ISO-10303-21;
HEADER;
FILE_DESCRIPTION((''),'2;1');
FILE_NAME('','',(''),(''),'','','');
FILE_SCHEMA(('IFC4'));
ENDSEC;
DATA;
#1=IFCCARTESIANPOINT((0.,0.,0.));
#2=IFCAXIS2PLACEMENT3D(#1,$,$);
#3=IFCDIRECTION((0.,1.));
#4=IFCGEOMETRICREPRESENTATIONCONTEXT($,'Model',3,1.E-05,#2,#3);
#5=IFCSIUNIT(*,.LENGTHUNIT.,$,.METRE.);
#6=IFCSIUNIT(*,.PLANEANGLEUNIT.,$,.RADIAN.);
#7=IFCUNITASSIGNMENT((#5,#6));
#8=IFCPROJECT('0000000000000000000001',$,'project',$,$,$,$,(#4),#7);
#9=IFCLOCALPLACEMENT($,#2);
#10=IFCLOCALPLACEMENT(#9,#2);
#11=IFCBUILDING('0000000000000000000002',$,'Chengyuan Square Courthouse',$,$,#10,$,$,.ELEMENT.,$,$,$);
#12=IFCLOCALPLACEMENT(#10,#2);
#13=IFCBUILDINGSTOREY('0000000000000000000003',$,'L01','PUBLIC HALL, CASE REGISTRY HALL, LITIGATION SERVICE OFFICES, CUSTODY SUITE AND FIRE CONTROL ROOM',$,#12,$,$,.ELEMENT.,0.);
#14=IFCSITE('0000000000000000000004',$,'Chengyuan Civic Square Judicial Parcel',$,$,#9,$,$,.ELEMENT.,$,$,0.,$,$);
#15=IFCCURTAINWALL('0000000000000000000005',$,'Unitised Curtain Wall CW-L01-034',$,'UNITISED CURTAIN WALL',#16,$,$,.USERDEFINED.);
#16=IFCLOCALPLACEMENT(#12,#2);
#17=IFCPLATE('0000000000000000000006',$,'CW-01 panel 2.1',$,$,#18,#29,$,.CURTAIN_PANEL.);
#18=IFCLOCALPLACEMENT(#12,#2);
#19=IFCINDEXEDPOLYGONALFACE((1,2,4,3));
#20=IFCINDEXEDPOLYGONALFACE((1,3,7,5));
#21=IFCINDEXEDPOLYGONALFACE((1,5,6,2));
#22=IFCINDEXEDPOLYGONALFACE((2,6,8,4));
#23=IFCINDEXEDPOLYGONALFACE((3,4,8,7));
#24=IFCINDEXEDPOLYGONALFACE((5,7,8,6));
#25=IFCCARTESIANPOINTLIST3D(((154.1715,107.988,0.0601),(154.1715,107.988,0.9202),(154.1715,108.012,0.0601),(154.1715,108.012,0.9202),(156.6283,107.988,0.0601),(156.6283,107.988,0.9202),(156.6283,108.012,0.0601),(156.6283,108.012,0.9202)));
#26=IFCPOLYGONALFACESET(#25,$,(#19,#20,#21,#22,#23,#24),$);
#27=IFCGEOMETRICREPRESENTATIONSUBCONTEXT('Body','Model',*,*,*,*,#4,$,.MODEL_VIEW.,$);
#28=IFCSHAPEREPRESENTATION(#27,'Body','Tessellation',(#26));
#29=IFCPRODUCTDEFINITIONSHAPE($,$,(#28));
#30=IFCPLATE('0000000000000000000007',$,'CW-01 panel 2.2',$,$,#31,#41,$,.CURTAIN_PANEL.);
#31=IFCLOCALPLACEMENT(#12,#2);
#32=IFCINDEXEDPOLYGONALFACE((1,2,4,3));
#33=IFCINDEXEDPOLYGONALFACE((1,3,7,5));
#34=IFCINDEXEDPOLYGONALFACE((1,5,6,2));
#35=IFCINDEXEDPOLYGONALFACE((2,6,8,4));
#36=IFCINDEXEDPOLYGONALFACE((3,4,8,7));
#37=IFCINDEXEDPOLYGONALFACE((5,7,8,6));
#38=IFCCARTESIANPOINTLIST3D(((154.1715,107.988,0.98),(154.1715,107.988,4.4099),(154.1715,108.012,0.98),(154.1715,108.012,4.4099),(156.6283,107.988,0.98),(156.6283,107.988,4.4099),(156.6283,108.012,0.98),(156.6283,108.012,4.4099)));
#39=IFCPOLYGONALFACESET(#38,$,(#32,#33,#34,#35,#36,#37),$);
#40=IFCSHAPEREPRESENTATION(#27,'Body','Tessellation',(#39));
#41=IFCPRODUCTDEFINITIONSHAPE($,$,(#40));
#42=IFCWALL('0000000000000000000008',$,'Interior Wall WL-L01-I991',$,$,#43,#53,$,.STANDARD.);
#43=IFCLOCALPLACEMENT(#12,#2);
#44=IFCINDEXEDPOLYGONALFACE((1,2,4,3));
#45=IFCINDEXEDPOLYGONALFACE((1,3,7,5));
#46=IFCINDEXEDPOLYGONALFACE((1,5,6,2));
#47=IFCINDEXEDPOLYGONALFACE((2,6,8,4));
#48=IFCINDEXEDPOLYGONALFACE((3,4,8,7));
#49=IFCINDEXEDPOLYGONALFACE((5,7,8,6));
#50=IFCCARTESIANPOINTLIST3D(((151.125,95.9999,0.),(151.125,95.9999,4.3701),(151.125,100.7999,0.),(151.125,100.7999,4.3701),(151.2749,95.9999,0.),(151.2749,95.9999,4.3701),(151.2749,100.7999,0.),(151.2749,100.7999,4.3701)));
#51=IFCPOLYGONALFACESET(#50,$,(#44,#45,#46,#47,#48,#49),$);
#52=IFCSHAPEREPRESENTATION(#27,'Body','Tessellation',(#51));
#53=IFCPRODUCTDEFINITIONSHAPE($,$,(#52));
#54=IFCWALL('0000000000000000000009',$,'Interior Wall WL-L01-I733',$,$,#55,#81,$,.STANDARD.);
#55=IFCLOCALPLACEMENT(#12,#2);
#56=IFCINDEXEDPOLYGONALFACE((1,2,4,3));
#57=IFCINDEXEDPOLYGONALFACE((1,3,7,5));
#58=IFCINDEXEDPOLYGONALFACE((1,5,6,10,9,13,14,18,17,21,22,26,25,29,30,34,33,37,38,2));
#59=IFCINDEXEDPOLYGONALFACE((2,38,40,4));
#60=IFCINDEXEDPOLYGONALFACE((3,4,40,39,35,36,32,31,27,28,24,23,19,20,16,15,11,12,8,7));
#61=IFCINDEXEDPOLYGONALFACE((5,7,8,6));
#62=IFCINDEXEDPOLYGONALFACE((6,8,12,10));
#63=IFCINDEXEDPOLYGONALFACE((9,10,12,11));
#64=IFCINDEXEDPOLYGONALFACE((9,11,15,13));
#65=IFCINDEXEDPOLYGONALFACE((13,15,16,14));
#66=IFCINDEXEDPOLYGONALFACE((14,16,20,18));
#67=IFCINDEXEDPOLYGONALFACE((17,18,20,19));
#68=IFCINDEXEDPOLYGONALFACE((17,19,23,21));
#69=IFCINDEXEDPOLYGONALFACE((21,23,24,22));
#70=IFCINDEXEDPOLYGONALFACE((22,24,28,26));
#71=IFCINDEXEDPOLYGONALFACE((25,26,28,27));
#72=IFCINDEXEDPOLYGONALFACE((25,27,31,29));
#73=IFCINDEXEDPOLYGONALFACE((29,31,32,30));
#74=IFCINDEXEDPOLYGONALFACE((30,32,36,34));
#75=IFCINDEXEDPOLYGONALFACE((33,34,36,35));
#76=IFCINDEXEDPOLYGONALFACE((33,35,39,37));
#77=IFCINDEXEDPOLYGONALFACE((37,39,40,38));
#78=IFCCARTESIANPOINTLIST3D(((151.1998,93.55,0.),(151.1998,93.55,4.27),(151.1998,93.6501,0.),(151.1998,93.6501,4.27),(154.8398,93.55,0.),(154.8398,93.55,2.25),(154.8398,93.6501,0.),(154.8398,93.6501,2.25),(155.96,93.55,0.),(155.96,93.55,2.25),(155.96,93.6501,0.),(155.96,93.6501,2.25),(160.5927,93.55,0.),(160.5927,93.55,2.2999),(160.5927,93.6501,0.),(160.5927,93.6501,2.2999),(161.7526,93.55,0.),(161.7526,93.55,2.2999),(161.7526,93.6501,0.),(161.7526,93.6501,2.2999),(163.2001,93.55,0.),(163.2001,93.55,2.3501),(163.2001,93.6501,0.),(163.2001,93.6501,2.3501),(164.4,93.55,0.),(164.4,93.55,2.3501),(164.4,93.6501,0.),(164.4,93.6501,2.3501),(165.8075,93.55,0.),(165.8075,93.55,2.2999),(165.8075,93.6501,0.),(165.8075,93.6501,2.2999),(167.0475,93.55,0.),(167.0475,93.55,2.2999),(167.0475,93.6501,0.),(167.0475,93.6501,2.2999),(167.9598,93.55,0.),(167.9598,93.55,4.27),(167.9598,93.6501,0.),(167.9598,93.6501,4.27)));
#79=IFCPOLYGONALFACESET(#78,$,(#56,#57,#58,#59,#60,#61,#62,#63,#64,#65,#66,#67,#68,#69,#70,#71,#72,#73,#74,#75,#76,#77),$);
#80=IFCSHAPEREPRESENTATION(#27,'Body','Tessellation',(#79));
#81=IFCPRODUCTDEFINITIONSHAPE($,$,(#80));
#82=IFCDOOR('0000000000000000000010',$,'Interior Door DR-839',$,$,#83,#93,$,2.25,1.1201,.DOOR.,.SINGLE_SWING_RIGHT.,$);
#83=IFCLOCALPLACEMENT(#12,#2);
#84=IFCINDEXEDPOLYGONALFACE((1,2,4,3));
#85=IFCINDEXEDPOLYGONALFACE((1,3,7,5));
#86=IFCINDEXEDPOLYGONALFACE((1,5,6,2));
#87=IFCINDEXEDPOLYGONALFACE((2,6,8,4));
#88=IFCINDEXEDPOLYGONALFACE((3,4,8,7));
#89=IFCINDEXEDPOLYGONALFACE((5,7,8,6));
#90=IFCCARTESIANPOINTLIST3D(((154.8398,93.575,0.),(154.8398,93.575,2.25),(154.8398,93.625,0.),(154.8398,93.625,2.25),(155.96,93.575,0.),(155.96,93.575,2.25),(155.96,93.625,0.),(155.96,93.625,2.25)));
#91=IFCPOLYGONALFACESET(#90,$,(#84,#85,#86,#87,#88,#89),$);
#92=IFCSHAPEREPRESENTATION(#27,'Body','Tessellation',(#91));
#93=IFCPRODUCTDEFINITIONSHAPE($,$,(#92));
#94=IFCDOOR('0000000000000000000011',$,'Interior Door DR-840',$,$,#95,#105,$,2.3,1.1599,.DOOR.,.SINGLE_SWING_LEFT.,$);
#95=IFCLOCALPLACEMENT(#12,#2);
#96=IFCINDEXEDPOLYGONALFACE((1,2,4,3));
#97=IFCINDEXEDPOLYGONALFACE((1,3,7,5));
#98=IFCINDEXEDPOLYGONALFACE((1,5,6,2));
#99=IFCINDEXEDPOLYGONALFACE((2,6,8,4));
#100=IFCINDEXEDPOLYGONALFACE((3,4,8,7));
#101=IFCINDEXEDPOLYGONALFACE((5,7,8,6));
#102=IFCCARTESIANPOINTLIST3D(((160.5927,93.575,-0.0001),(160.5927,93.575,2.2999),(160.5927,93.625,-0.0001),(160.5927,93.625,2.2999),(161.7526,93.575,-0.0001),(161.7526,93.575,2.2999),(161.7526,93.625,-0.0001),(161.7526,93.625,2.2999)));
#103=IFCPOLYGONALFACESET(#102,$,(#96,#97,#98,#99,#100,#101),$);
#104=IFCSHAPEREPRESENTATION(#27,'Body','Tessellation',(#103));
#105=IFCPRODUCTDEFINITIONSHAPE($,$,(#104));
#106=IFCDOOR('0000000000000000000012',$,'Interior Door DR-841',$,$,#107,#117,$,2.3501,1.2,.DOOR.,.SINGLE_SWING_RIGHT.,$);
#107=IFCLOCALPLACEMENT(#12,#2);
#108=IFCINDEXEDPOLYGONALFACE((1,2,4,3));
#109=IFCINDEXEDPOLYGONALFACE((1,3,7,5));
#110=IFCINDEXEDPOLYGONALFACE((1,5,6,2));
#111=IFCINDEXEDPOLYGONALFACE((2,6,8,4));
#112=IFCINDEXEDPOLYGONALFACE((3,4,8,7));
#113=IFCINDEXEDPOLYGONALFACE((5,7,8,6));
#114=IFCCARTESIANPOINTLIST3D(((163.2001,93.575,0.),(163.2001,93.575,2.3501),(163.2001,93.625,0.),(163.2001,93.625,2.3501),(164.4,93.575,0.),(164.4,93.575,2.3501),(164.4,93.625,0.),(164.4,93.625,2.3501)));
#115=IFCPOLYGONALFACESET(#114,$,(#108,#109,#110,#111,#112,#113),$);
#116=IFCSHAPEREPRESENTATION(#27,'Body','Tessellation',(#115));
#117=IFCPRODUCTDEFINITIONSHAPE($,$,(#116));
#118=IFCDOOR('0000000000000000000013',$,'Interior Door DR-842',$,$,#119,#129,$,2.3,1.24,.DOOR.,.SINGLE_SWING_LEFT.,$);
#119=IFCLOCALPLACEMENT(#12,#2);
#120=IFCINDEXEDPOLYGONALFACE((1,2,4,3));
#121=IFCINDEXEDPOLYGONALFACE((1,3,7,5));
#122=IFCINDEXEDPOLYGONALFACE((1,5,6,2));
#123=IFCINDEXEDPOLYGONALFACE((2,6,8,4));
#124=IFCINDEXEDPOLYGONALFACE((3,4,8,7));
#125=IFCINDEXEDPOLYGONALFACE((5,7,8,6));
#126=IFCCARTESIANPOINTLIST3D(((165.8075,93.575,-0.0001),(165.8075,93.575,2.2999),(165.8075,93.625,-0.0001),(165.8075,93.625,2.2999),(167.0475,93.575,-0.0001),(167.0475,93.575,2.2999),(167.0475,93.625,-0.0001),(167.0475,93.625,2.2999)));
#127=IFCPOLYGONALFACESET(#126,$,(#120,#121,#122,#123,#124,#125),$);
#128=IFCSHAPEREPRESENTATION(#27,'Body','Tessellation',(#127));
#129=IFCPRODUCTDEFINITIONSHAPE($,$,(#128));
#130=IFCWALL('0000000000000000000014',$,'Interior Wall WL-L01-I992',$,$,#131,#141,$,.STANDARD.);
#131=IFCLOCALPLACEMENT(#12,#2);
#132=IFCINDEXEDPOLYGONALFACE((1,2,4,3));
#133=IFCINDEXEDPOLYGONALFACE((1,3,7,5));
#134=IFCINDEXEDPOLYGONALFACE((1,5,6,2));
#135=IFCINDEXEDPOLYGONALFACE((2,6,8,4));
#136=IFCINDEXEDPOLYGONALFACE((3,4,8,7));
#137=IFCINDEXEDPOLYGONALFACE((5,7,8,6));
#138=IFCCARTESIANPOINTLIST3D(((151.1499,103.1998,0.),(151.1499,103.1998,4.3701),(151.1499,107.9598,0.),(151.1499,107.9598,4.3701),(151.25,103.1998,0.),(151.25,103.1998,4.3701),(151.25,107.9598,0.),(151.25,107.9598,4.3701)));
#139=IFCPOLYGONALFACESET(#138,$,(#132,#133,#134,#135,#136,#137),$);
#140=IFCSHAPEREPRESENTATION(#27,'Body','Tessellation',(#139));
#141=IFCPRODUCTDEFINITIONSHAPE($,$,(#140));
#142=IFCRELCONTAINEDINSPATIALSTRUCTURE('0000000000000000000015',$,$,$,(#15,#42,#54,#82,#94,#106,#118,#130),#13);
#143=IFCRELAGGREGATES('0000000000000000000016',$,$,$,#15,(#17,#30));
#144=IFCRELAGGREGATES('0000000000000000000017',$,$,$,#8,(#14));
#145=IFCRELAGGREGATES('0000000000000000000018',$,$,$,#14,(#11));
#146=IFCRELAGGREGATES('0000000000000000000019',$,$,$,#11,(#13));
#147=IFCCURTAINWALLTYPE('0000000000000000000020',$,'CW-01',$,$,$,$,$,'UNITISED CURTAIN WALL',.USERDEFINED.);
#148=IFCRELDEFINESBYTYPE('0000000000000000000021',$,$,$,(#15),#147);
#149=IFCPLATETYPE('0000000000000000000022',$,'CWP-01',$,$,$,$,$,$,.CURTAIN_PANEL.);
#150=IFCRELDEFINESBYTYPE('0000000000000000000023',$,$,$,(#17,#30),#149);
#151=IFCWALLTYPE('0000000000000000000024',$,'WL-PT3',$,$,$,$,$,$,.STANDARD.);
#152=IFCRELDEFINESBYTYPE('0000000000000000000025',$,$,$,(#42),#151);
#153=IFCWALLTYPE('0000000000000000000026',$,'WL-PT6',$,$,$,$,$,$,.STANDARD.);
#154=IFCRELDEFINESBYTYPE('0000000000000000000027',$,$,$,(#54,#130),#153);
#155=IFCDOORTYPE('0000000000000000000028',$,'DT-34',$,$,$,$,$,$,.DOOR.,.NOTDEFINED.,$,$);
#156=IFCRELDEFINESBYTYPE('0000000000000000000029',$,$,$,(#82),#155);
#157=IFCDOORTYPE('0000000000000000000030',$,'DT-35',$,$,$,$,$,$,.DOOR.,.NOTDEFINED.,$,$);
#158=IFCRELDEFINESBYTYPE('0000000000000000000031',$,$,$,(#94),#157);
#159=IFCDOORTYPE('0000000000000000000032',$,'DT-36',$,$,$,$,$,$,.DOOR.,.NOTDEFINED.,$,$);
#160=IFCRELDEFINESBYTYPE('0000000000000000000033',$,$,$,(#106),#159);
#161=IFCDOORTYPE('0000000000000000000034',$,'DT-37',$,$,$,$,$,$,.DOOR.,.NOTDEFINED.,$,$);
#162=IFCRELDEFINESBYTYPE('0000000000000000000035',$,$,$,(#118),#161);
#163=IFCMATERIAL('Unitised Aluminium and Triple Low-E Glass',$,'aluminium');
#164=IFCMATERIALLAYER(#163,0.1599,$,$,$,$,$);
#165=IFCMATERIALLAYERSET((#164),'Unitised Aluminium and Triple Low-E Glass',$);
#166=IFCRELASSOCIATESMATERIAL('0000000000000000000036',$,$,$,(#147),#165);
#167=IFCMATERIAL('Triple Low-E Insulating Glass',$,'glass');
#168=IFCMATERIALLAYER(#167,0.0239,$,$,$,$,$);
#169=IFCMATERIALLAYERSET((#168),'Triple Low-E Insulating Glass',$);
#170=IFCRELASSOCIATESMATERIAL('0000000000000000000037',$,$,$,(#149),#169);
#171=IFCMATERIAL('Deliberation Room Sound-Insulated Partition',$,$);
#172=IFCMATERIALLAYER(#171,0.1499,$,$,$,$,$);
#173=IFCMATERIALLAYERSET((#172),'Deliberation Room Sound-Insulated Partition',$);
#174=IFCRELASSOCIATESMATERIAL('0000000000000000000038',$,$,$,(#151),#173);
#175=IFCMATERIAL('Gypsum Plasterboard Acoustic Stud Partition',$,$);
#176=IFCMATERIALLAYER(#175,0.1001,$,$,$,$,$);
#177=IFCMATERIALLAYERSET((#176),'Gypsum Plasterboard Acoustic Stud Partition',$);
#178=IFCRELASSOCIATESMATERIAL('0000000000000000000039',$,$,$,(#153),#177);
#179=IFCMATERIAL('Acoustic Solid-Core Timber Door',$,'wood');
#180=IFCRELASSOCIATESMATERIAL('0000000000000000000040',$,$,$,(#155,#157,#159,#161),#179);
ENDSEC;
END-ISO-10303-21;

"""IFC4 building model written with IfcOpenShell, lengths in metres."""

from ifc_helpers import new_model, si_unit, direction, frame, frame_2d, origin, origin_2d, place, context, subcontext, project, spatial, rectangle, extrude, material, layer, layer_set, type_object, element, fill, aggregate, save


model = new_model("IFC4")

# Units and contexts
model_context = context("Model", 3, precision=1e-05, world=origin(), true_north=direction((0.0, 1.0)))
body_context = subcontext(model_context, "Body", "Model", "MODEL_VIEW")
ifc_project = project(units=[si_unit("LENGTHUNIT", "METRE"), si_unit("PLANEANGLEUNIT", "RADIAN")], contexts=[model_context])

# Site, building, storey
site_placement = place(None, origin())
site = spatial("IfcSite", under=ifc_project, at=site_placement, Name="Chengyuan Civic Square Judicial Parcel", CompositionType="ELEMENT", RefElevation=0.0)
building_placement = place(site_placement, origin())
building = spatial("IfcBuilding", under=site, at=building_placement, Name="Chengyuan Square Courthouse", CompositionType="ELEMENT")
storey_placement = place(building_placement, origin())
storey = spatial("IfcBuildingStorey", under=building, at=storey_placement, Name="L01", Description="PUBLIC HALL, CASE REGISTRY HALL, LITIGATION SERVICE OFFICES, CUSTODY SUITE AND FIRE CONTROL ROOM", CompositionType="ELEMENT", Elevation=0.0)

# Curtain wall, plates
ifc_material_1 = material(Name="Unitised Aluminium and Triple Low-E Glass", Category="aluminium")
ifc_layer_1 = layer(ifc_material_1, 0.1599)
ifc_layer_set_1 = layer_set([ifc_layer_1], Name="Unitised Aluminium and Triple Low-E Glass")
curtain_wall_type = type_object("IfcCurtainWallType", Name="CW-01", ElementType="UNITISED CURTAIN WALL", PredefinedType="USERDEFINED", material=ifc_layer_set_1)
curtain_wall_placement = place(storey_placement, origin())
curtain_wall = element("IfcCurtainWall", 1, at=curtain_wall_placement, inside=storey, type_object=curtain_wall_type, Name="Unitised Curtain Wall CW-L01-034", ObjectType="UNITISED CURTAIN WALL", PredefinedType="USERDEFINED")
ifc_material_2 = material(Name="Triple Low-E Insulating Glass", Category="glass")
ifc_layer_2 = layer(ifc_material_2, 0.0239)
ifc_layer_set_2 = layer_set([ifc_layer_2], Name="Triple Low-E Insulating Glass")
plate_type = type_object("IfcPlateType", Name="CWP-01", PredefinedType="CURTAIN_PANEL", material=ifc_layer_set_2)
plate_1_placement = place(storey_placement, frame((155.3999, 108.0, 0.0601), z_axis=(0.0, 0.0, 1.0), x_axis=(1.0, 0.0, 0.0)))
plate_1 = element("IfcPlate", 2, at=plate_1_placement, type_object=plate_type, Name="CW-01 panel 2.1", PredefinedType="CURTAIN_PANEL", context=body_context, shape_type="SweptSolid", body=[
    extrude(rectangle(XDim=2.4568, YDim=0.0239, at=origin_2d()), origin(), (0.0, 0.0, 1.0), 0.8601),
])
plate_2_placement = place(storey_placement, frame((155.3999, 108.0, 0.98), z_axis=(0.0, 0.0, 1.0), x_axis=(1.0, 0.0, 0.0)))
plate_2 = element("IfcPlate", 3, at=plate_2_placement, type_object=plate_type, Name="CW-01 panel 2.2", PredefinedType="CURTAIN_PANEL", context=body_context, shape_type="SweptSolid", body=[
    extrude(rectangle(XDim=2.4568, YDim=0.0239, at=origin_2d()), origin(), (0.0, 0.0, 1.0), 3.4299),
])
aggregate(curtain_wall, [plate_1, plate_2])

# Wall
ifc_material_3 = material(Name="Deliberation Room Sound-Insulated Partition")
ifc_layer_3 = layer(ifc_material_3, 0.1499)
ifc_layer_set_3 = layer_set([ifc_layer_3], Name="Deliberation Room Sound-Insulated Partition")
wall_type_1 = type_object("IfcWallType", Name="WL-PT3", PredefinedType="STANDARD", material=ifc_layer_set_3)
wall_1_placement = place(storey_placement, frame((151.2, 96.0, 0.0), z_axis=(0.0, 0.0, 1.0), x_axis=(0.0, 1.0, 0.0)))
element("IfcWall", 4, at=wall_1_placement, inside=storey, type_object=wall_type_1, Name="Interior Wall WL-L01-I991", PredefinedType="STANDARD", context=body_context, shape_type="SweptSolid", body=[
    extrude(rectangle(XDim=4.8, YDim=0.1499, at=frame_2d((2.3999, 0.0))), origin(), (0.0, 0.0, 1.0), 4.3701),
])

# Wall, openings, doors
ifc_material_4 = material(Name="Gypsum Plasterboard Acoustic Stud Partition")
ifc_layer_4 = layer(ifc_material_4, 0.1001)
ifc_layer_set_4 = layer_set([ifc_layer_4], Name="Gypsum Plasterboard Acoustic Stud Partition")
wall_type_2 = type_object("IfcWallType", Name="WL-PT6", PredefinedType="STANDARD", material=ifc_layer_set_4)
wall_2_placement = place(storey_placement, frame((151.2, 93.6001, 0.0), z_axis=(0.0, 0.0, 1.0), x_axis=(1.0, 0.0, 0.0)))
wall_2 = element("IfcWall", 5, at=wall_2_placement, inside=storey, type_object=wall_type_2, Name="Interior Wall WL-L01-I733", PredefinedType="STANDARD", context=body_context, shape_type="SweptSolid", body=[
    extrude(rectangle(XDim=16.76, YDim=0.1001, at=frame_2d((8.3799, 0.0))), origin(), (0.0, 0.0, 1.0), 4.27),
])
opening_1_placement = place(wall_2_placement, frame((3.6399, 0.0, 0.0)))
opening_1 = element("IfcOpeningElement", 6, at=opening_1_placement, cuts=wall_2, PredefinedType="OPENING", context=body_context, shape_type="SweptSolid", body=[
    extrude(rectangle(XDim=1.1201, YDim=2.25, at=frame_2d((0.5601, 1.125))), frame((0.0, 0.062, 0.0), z_axis=(0.0, -1.0, 0.0), x_axis=(1.0, 0.0, 0.0)), (0.0, 0.0, 1.0), 0.124),
])
opening_2_placement = place(wall_2_placement, frame((9.3926, 0.0, 0.0)))
opening_2 = element("IfcOpeningElement", 7, at=opening_2_placement, cuts=wall_2, PredefinedType="OPENING", context=body_context, shape_type="SweptSolid", body=[
    extrude(rectangle(XDim=1.1599, YDim=2.3, at=frame_2d((0.5801, 1.1499))), frame((0.0, 0.062, 0.0), z_axis=(0.0, -1.0, 0.0), x_axis=(1.0, 0.0, 0.0)), (0.0, 0.0, 1.0), 0.124),
])
opening_3_placement = place(wall_2_placement, frame((12.0, 0.0, 0.0)))
opening_3 = element("IfcOpeningElement", 8, at=opening_3_placement, cuts=wall_2, PredefinedType="OPENING", context=body_context, shape_type="SweptSolid", body=[
    extrude(rectangle(XDim=1.2, YDim=2.3501, at=frame_2d((0.6001, 1.175))), frame((0.0, 0.062, 0.0), z_axis=(0.0, -1.0, 0.0), x_axis=(1.0, 0.0, 0.0)), (0.0, 0.0, 1.0), 0.124),
])
opening_4_placement = place(wall_2_placement, frame((14.6074, 0.0, 0.0)))
opening_4 = element("IfcOpeningElement", 9, at=opening_4_placement, cuts=wall_2, PredefinedType="OPENING", context=body_context, shape_type="SweptSolid", body=[
    extrude(rectangle(XDim=1.24, YDim=2.3, at=frame_2d((0.6201, 1.1499))), frame((0.0, 0.062, 0.0), z_axis=(0.0, -1.0, 0.0), x_axis=(1.0, 0.0, 0.0)), (0.0, 0.0, 1.0), 0.124),
])
ifc_material_5 = material(Name="Acoustic Solid-Core Timber Door", Category="wood")
door_type_1 = type_object("IfcDoorType", Name="DT-34", OperationType="NOTDEFINED", PredefinedType="DOOR", material=ifc_material_5)
door_1_placement = place(opening_1_placement, origin())
door_1 = element("IfcDoor", 10, at=door_1_placement, inside=storey, type_object=door_type_1, Name="Interior Door DR-839", OperationType="SINGLE_SWING_RIGHT", OverallHeight=2.25, OverallWidth=1.1201, PredefinedType="DOOR", context=body_context, shape_type="SweptSolid", body=[
    extrude(rectangle(XDim=1.1201, YDim=2.25, at=frame_2d((0.5601, 1.125))), frame((0.0, 0.0249, 0.0), z_axis=(0.0, -1.0, 0.0), x_axis=(1.0, 0.0, 0.0)), (0.0, 0.0, 1.0), 0.05),
])
fill(opening_1, door_1)
door_type_2 = type_object("IfcDoorType", Name="DT-35", OperationType="NOTDEFINED", PredefinedType="DOOR", material=ifc_material_5)
door_2_placement = place(opening_2_placement, origin())
door_2 = element("IfcDoor", 11, at=door_2_placement, inside=storey, type_object=door_type_2, Name="Interior Door DR-840", OperationType="SINGLE_SWING_LEFT", OverallHeight=2.3, OverallWidth=1.1599, PredefinedType="DOOR", context=body_context, shape_type="SweptSolid", body=[
    extrude(rectangle(XDim=1.1599, YDim=2.3, at=frame_2d((0.5801, 1.1499))), frame((0.0, 0.0249, 0.0), z_axis=(0.0, -1.0, 0.0), x_axis=(1.0, 0.0, 0.0)), (0.0, 0.0, 1.0), 0.05),
])
fill(opening_2, door_2)
door_type_3 = type_object("IfcDoorType", Name="DT-36", OperationType="NOTDEFINED", PredefinedType="DOOR", material=ifc_material_5)
door_3_placement = place(opening_3_placement, origin())
door_3 = element("IfcDoor", 12, at=door_3_placement, inside=storey, type_object=door_type_3, Name="Interior Door DR-841", OperationType="SINGLE_SWING_RIGHT", OverallHeight=2.3501, OverallWidth=1.2, PredefinedType="DOOR", context=body_context, shape_type="SweptSolid", body=[
    extrude(rectangle(XDim=1.2, YDim=2.3501, at=frame_2d((0.6001, 1.175))), frame((0.0, 0.0249, 0.0), z_axis=(0.0, -1.0, 0.0), x_axis=(1.0, 0.0, 0.0)), (0.0, 0.0, 1.0), 0.05),
])
fill(opening_3, door_3)
door_type_4 = type_object("IfcDoorType", Name="DT-37", OperationType="NOTDEFINED", PredefinedType="DOOR", material=ifc_material_5)
door_4_placement = place(opening_4_placement, origin())
door_4 = element("IfcDoor", 13, at=door_4_placement, inside=storey, type_object=door_type_4, Name="Interior Door DR-842", OperationType="SINGLE_SWING_LEFT", OverallHeight=2.3, OverallWidth=1.24, PredefinedType="DOOR", context=body_context, shape_type="SweptSolid", body=[
    extrude(rectangle(XDim=1.24, YDim=2.3, at=frame_2d((0.6201, 1.1499))), frame((0.0, 0.0249, 0.0), z_axis=(0.0, -1.0, 0.0), x_axis=(1.0, 0.0, 0.0)), (0.0, 0.0, 1.0), 0.05),
])
fill(opening_4, door_4)

# Wall
wall_3_placement = place(storey_placement, frame((151.2, 103.2, 0.0), z_axis=(0.0, 0.0, 1.0), x_axis=(0.0, 1.0, 0.0)))
element("IfcWall", 14, at=wall_3_placement, inside=storey, type_object=wall_type_2, Name="Interior Wall WL-L01-I992", PredefinedType="STANDARD", context=body_context, shape_type="SweptSolid", body=[
    extrude(rectangle(XDim=4.76, YDim=0.1001, at=frame_2d((2.3799, 0.0))), origin(), (0.0, 0.0, 1.0), 4.3701),
])

save(model, "model.ifc")
